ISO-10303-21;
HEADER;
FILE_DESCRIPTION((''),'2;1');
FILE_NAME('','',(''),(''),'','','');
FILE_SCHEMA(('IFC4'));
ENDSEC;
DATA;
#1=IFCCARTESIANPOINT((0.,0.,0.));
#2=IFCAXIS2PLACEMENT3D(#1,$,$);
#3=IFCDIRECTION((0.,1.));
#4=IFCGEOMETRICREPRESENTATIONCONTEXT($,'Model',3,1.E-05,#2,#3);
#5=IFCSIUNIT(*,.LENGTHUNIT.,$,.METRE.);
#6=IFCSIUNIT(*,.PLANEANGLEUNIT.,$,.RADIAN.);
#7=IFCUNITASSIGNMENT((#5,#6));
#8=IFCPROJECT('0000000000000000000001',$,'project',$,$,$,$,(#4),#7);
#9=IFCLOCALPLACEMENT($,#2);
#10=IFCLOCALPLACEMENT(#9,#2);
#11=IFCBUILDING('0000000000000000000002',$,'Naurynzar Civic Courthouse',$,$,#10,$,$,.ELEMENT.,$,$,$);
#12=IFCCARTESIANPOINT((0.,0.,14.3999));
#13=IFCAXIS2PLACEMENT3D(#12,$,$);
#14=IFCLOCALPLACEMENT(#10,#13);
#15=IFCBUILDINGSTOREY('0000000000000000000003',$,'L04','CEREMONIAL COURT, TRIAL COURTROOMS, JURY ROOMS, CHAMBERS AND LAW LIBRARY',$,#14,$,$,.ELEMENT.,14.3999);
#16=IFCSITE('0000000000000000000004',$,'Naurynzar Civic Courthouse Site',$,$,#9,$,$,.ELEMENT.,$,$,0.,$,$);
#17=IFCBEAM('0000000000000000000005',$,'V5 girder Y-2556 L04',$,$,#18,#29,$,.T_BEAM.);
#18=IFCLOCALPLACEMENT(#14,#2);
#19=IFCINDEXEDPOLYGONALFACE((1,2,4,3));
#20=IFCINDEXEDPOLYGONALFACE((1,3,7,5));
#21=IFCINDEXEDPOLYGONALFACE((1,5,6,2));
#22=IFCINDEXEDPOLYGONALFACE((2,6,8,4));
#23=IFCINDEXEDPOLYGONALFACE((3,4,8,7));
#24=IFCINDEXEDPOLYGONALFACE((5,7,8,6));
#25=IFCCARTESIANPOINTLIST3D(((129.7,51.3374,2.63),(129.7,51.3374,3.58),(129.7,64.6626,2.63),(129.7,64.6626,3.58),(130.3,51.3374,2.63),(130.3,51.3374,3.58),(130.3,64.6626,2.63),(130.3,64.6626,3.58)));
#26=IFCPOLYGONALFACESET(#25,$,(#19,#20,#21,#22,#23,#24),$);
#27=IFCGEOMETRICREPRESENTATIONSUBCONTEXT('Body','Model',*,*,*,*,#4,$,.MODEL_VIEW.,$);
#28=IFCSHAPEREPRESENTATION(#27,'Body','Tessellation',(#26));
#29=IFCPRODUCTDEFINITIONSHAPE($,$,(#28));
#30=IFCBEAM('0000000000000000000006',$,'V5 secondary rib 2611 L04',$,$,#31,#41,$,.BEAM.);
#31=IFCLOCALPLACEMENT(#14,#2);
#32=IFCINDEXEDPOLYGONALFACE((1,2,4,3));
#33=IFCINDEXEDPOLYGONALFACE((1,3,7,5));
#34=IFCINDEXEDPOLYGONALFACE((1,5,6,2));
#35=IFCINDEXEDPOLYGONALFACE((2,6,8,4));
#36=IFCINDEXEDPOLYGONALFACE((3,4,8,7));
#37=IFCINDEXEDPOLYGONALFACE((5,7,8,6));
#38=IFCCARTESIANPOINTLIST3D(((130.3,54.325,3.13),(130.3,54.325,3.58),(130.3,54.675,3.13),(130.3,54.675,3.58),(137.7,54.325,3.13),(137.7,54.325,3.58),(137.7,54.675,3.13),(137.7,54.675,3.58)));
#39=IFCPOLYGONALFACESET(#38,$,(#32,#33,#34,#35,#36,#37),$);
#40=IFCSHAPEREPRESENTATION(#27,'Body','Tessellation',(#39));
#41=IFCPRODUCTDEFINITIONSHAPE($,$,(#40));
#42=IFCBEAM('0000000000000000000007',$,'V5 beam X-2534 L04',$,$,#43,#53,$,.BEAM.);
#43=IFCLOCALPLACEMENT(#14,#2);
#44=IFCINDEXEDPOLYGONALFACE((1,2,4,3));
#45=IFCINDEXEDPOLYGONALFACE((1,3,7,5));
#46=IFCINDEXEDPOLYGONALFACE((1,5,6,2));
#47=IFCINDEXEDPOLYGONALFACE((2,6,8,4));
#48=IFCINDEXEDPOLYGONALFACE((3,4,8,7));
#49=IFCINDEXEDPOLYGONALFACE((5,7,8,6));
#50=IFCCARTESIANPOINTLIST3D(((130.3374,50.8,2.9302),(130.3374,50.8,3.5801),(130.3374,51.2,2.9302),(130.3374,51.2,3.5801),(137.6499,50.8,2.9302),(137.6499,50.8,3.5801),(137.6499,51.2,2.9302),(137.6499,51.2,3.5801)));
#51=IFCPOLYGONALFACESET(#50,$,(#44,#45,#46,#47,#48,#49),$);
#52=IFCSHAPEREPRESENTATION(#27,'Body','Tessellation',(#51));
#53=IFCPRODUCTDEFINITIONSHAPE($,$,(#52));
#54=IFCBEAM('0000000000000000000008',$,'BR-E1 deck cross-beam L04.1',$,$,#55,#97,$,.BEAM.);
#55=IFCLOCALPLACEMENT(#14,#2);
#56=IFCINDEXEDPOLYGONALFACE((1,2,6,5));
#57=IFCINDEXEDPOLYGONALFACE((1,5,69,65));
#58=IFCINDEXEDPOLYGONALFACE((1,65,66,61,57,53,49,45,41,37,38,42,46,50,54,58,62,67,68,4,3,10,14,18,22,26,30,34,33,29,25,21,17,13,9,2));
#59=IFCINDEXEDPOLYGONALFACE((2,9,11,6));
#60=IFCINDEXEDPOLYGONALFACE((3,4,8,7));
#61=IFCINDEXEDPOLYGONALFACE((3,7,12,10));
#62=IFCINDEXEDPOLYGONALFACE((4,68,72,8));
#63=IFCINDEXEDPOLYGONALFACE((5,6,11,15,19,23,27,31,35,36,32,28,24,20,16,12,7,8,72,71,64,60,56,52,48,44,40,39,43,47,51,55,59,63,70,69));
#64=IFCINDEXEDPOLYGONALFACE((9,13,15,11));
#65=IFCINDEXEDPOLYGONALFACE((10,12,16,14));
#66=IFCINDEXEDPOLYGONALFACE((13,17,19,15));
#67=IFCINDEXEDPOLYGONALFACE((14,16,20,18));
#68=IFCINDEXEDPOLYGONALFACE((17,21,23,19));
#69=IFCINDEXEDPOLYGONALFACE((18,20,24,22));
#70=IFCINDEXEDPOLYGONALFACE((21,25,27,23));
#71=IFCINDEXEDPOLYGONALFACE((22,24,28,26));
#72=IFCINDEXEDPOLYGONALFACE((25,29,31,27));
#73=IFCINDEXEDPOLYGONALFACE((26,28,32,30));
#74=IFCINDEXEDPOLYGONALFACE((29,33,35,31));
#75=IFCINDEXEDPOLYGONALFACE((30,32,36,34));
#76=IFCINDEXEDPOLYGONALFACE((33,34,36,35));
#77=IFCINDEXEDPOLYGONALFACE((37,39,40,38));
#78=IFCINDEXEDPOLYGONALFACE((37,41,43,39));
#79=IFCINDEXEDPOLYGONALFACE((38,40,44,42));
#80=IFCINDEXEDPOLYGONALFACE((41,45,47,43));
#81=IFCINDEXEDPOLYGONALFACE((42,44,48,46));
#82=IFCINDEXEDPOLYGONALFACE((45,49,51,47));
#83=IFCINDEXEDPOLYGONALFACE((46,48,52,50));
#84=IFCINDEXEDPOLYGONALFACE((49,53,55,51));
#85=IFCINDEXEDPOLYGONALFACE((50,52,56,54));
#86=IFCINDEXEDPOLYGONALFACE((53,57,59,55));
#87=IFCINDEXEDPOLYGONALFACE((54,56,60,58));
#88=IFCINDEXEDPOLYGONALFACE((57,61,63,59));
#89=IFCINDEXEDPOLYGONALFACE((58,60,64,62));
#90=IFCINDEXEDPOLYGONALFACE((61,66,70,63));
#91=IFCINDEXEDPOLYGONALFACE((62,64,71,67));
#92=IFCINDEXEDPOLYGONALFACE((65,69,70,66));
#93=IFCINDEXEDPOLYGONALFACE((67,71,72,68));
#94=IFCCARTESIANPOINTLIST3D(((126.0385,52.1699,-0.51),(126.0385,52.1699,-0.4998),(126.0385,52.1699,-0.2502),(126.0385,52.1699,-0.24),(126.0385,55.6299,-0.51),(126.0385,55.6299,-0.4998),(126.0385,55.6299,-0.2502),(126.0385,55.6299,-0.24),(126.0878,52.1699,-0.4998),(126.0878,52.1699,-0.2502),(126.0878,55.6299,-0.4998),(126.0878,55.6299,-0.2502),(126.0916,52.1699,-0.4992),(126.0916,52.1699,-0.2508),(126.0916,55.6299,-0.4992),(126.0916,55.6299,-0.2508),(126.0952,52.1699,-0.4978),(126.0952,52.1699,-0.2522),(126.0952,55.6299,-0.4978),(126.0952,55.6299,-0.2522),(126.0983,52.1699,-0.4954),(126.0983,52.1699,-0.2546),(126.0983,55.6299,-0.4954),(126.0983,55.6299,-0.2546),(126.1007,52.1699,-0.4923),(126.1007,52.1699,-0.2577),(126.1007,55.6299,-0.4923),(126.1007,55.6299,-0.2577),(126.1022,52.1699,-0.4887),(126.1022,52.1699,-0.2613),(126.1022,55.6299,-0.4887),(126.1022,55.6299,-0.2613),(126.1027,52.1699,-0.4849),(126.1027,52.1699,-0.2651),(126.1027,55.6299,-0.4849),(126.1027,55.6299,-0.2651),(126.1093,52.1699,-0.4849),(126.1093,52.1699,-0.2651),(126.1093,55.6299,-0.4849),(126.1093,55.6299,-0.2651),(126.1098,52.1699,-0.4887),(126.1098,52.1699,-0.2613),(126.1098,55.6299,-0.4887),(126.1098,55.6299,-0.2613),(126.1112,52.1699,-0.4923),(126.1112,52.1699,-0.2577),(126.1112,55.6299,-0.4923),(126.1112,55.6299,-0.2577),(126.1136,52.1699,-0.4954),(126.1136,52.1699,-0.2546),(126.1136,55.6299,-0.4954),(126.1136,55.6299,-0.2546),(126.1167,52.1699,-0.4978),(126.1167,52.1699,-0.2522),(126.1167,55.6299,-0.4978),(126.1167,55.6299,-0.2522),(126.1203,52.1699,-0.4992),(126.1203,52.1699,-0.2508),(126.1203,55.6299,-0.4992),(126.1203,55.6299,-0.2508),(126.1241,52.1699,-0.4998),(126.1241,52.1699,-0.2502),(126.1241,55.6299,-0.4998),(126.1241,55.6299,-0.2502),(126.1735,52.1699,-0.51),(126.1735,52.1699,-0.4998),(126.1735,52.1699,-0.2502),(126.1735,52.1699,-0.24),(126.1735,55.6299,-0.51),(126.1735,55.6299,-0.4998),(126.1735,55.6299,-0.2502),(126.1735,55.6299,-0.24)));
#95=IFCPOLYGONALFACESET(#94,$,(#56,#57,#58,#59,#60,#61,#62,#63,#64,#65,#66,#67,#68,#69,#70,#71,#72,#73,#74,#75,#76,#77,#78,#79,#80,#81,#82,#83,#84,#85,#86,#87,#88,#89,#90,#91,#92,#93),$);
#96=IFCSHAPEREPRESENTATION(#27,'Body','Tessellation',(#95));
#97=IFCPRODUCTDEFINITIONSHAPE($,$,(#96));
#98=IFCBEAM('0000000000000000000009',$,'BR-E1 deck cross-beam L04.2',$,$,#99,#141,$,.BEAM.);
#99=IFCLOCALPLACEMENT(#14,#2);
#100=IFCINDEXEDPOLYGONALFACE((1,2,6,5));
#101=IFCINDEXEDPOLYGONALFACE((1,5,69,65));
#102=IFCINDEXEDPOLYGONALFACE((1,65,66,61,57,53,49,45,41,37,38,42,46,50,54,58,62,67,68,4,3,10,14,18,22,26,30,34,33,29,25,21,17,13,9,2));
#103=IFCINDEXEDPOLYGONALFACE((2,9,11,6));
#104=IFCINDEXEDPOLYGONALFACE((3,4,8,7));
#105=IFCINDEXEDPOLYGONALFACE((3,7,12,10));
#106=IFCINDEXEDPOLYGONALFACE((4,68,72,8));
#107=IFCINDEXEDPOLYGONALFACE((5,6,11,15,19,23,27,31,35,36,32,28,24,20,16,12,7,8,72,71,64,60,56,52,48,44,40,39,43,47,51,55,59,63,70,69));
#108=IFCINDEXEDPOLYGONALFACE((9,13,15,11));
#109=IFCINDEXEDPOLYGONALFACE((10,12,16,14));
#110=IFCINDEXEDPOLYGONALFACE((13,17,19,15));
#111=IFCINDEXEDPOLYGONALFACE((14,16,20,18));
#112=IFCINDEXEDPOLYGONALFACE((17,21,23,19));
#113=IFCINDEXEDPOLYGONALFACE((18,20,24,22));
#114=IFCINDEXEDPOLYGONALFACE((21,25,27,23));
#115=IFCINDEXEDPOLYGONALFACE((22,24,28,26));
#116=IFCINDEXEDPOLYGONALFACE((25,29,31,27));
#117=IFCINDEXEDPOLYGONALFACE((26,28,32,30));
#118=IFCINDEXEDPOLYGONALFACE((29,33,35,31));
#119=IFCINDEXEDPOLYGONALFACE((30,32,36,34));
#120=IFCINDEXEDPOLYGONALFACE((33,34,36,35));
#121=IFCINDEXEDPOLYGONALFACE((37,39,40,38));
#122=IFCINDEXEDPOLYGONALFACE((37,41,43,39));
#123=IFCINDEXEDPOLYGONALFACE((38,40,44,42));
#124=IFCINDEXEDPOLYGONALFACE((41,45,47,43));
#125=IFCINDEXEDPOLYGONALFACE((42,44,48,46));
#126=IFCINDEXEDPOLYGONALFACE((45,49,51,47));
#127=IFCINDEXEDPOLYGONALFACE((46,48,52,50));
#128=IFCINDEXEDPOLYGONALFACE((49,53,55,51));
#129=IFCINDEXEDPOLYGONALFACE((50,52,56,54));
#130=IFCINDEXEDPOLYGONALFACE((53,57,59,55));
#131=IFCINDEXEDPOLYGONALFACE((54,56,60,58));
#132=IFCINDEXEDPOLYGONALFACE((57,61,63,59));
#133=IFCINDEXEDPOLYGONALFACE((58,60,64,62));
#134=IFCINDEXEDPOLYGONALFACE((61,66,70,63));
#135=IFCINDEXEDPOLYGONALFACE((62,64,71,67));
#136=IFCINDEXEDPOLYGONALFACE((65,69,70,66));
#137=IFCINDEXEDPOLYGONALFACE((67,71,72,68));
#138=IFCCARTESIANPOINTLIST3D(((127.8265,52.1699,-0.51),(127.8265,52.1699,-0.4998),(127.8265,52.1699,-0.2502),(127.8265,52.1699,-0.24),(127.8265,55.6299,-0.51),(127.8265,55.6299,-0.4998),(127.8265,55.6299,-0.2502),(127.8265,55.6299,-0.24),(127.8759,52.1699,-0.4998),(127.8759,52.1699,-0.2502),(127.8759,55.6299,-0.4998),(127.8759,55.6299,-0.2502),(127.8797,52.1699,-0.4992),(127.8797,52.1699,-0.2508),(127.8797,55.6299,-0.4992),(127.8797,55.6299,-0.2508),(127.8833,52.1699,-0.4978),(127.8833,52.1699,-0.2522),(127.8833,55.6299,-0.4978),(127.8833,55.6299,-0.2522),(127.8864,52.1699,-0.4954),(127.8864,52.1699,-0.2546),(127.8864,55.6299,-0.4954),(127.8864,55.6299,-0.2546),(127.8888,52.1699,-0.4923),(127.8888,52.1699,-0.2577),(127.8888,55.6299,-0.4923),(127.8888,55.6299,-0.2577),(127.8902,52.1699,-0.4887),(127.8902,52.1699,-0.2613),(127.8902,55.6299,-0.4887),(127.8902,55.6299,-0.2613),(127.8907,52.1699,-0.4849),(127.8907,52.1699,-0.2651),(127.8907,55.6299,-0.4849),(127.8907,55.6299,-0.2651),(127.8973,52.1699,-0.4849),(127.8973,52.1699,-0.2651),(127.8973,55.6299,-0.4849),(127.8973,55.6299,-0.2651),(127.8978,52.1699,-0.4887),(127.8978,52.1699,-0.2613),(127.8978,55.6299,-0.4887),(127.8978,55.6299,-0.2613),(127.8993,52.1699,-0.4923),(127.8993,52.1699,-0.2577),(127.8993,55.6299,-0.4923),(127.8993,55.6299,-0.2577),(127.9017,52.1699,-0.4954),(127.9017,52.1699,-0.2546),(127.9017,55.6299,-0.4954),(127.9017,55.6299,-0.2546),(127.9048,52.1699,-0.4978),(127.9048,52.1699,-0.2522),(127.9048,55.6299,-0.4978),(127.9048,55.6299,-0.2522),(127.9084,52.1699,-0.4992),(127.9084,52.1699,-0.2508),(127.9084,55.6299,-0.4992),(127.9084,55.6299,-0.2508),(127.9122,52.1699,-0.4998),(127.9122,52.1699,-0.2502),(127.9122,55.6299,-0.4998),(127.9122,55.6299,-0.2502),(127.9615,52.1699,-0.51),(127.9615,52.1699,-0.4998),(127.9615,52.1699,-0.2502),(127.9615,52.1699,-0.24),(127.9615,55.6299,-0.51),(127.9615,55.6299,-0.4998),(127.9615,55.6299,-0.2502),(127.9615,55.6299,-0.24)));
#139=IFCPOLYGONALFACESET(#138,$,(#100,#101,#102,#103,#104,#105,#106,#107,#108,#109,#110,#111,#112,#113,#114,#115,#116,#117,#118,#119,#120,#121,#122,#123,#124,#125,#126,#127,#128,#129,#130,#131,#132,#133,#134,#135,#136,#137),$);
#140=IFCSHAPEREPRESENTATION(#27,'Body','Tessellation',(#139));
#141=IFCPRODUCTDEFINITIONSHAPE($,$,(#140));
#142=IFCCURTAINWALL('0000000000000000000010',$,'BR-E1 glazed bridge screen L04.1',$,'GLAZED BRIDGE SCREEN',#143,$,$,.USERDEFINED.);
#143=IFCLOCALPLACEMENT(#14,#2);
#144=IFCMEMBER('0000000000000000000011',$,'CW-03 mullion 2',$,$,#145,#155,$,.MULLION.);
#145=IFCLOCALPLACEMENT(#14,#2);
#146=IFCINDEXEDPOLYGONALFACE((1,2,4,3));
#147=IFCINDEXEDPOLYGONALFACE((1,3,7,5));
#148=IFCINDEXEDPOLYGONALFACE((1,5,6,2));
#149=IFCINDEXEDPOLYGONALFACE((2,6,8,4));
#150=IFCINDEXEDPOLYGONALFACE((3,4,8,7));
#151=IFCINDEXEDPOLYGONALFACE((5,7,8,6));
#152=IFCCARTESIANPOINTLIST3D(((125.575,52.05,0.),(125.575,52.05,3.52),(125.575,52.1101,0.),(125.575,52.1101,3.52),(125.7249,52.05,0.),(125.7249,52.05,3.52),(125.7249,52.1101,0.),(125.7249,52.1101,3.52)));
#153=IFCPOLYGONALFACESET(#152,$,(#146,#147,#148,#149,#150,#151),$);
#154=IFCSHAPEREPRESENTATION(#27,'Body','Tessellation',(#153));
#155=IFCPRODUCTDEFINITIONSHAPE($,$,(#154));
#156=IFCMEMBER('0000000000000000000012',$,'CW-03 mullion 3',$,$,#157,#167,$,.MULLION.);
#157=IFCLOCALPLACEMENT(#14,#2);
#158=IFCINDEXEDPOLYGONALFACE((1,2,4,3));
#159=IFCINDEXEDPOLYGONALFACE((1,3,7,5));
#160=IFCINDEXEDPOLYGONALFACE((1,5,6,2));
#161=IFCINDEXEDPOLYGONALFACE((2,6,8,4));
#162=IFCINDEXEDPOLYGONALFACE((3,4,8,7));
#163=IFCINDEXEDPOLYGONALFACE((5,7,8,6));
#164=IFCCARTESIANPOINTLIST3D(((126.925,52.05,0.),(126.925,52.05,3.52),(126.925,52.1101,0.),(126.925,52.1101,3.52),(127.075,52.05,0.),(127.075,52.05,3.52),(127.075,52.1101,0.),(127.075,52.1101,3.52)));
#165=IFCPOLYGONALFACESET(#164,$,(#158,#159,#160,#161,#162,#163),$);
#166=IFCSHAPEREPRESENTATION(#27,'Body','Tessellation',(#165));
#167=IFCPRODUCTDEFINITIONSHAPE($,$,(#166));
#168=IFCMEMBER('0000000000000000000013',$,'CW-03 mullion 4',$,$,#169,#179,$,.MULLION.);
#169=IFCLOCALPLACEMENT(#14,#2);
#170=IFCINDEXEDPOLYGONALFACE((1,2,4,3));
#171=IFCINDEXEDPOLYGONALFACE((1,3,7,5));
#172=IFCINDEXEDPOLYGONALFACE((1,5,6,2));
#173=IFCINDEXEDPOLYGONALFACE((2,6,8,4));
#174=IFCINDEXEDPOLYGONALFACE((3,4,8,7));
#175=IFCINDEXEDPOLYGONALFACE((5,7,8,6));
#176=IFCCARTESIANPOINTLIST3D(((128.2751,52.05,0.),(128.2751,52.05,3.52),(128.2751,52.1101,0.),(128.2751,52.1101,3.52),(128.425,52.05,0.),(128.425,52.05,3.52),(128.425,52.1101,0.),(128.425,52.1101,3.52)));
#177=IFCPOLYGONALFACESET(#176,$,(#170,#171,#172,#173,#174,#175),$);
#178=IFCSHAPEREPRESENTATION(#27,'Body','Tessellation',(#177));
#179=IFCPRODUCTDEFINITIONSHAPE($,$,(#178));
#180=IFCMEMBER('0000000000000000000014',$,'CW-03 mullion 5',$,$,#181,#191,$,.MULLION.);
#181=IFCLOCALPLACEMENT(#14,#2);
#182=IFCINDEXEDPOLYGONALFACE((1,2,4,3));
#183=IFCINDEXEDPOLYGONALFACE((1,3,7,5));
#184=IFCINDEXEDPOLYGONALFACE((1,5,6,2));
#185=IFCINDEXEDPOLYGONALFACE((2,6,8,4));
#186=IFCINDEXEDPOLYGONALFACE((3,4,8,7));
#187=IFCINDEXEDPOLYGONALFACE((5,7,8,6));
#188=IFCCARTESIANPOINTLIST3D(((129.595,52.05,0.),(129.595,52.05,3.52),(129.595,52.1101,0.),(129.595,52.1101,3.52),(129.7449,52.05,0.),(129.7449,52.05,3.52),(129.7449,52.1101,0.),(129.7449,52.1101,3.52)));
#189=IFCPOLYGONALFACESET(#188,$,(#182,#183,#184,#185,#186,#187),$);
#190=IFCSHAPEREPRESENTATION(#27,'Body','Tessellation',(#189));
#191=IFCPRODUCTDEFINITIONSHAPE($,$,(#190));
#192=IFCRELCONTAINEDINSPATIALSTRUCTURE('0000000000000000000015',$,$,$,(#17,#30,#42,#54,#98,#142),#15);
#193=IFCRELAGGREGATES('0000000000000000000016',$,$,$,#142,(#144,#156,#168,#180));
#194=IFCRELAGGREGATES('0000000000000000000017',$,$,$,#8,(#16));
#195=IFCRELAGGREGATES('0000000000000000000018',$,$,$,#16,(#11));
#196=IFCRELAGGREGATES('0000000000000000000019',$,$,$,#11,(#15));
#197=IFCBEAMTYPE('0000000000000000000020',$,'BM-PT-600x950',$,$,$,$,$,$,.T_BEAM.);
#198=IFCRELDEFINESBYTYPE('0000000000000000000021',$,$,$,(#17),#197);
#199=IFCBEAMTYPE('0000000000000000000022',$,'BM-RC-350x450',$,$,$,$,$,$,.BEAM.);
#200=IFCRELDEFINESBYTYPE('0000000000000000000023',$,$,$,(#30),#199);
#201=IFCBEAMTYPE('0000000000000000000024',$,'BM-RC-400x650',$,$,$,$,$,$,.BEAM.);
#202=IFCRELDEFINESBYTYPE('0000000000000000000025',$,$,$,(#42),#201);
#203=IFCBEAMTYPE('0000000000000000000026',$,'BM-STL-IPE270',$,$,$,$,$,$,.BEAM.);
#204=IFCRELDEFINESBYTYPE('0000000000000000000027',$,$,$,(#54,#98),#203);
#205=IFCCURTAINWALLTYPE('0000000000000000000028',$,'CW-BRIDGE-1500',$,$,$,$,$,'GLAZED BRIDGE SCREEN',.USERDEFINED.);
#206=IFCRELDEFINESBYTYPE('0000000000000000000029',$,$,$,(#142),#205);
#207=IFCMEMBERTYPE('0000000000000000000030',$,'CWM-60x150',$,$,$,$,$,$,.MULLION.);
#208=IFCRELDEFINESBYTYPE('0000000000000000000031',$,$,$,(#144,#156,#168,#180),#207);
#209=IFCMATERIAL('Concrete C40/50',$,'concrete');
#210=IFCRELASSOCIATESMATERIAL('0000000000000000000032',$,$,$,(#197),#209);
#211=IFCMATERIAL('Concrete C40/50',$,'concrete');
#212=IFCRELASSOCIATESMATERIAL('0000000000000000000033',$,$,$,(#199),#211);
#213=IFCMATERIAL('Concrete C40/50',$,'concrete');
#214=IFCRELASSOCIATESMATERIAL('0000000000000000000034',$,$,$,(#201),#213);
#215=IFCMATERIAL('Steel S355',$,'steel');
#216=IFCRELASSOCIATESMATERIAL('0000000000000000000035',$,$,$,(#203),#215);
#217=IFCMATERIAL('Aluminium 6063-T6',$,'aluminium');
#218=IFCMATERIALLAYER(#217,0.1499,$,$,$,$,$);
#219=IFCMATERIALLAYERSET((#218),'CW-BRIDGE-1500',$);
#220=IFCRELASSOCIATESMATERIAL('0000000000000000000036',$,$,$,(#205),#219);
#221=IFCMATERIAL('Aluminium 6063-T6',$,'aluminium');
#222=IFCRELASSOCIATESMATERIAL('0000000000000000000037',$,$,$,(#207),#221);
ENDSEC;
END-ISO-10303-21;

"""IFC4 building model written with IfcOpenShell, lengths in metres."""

from ifc_helpers import new_model, si_unit, direction, frame, origin, origin_2d, place, context, subcontext, project, spatial, rectangle, i_section, extrude, material, layer, layer_set, material_profile, profile_set, type_object, element, aggregate, save


model = new_model("IFC4")

# Units and contexts
model_context = context("Model", 3, precision=1e-05, world=origin(), true_north=direction((0.0, 1.0)))
body_context = subcontext(model_context, "Body", "Model", "MODEL_VIEW")
ifc_project = project(units=[si_unit("LENGTHUNIT", "METRE"), si_unit("PLANEANGLEUNIT", "RADIAN")], contexts=[model_context])

# Site, building, storey
site_placement = place(None, origin())
site = spatial("IfcSite", under=ifc_project, at=site_placement, Name="Naurynzar Civic Courthouse Site", CompositionType="ELEMENT", RefElevation=0.0)
building_placement = place(site_placement, origin())
building = spatial("IfcBuilding", under=site, at=building_placement, Name="Naurynzar Civic Courthouse", CompositionType="ELEMENT")
storey_placement = place(building_placement, frame((0.0, 0.0, 14.3999)))
storey = spatial("IfcBuildingStorey", under=building, at=storey_placement, Name="L04", Description="CEREMONIAL COURT, TRIAL COURTROOMS, JURY ROOMS, CHAMBERS AND LAW LIBRARY", CompositionType="ELEMENT", Elevation=14.3999)

# Beams
ifc_material_1 = material(Name="Concrete C40/50", Category="concrete")
ifc_material_profile_1 = material_profile(ifc_material_1, rectangle(XDim=0.6001, YDim=0.95, at=origin_2d()), Name="PTB 600x950")
ifc_profile_set_1 = profile_set([ifc_material_profile_1], Name="Concrete C40/50")
beam_type_1 = type_object("IfcBeamType", Name="BM-PT-600x950", PredefinedType="T_BEAM", material=ifc_profile_set_1)
beam_1_placement = place(storey_placement, frame((130.0, 51.3374, 3.105), z_axis=(0.0, 1.0, 0.0), x_axis=(-1.0, 0.0, 0.0)))
element("IfcBeam", 1, at=beam_1_placement, inside=storey, type_object=beam_type_1, Name="V5 girder Y-2556 L04", PredefinedType="T_BEAM", context=body_context, shape_type="SweptSolid", body=[
    extrude(rectangle(XDim=0.6001, YDim=0.95, at=origin_2d()), origin(), (0.0, 0.0, 1.0), 13.3252),
])
ifc_material_2 = material(Name="Concrete C40/50", Category="concrete")
ifc_material_profile_2 = material_profile(ifc_material_2, rectangle(XDim=0.3501, YDim=0.45, at=origin_2d()), Name="RCB 350x450")
ifc_profile_set_2 = profile_set([ifc_material_profile_2], Name="Concrete C40/50")
beam_type_2 = type_object("IfcBeamType", Name="BM-RC-350x450", PredefinedType="BEAM", material=ifc_profile_set_2)
beam_2_placement = place(storey_placement, frame((130.3, 54.5, 3.355), z_axis=(1.0, 0.0, 0.0), x_axis=(0.0, 1.0, 0.0)))
element("IfcBeam", 2, at=beam_2_placement, inside=storey, type_object=beam_type_2, Name="V5 secondary rib 2611 L04", PredefinedType="BEAM", context=body_context, shape_type="SweptSolid", body=[
    extrude(rectangle(XDim=0.3501, YDim=0.45, at=origin_2d()), origin(), (0.0, 0.0, 1.0), 7.3999),
])
ifc_material_3 = material(Name="Concrete C40/50", Category="concrete")
ifc_material_profile_3 = material_profile(ifc_material_3, rectangle(XDim=0.3999, YDim=0.6499, at=origin_2d()), Name="RCB 400x650")
ifc_profile_set_3 = profile_set([ifc_material_profile_3], Name="Concrete C40/50")
beam_type_3 = type_object("IfcBeamType", Name="BM-RC-400x650", PredefinedType="BEAM", material=ifc_profile_set_3)
beam_3_placement = place(storey_placement, frame((130.3374, 51.0, 3.2551), z_axis=(1.0, 0.0, 0.0), x_axis=(0.0, 1.0, 0.0)))
element("IfcBeam", 3, at=beam_3_placement, inside=storey, type_object=beam_type_3, Name="V5 beam X-2534 L04", PredefinedType="BEAM", context=body_context, shape_type="SweptSolid", body=[
    extrude(rectangle(XDim=0.3999, YDim=0.6499, at=origin_2d()), origin(), (0.0, 0.0, 1.0), 7.3125),
])
ifc_material_4 = material(Name="Steel S355", Category="steel")
ifc_material_profile_4 = material_profile(ifc_material_4, i_section(OverallWidth=0.135, OverallDepth=0.27, WebThickness=0.0066, FlangeThickness=0.0103, FilletRadius=0.0149, at=origin_2d()), Name="IPE 270")
ifc_profile_set_4 = profile_set([ifc_material_profile_4], Name="Steel S355")
beam_type_4 = type_object("IfcBeamType", Name="BM-STL-IPE270", PredefinedType="BEAM", material=ifc_profile_set_4)
for number, where, z_axis, x_axis, name in (
    (4, (126.106, 52.1699, -0.375), (0.0, 1.0, 0.0), (-1.0, 0.0, 0.0), "BR-E1 deck cross-beam L04.1"),
    (5, (127.894, 52.1699, -0.375), (0.0, 1.0, 0.0), (-1.0, 0.0, 0.0), "BR-E1 deck cross-beam L04.2"),
):
    element("IfcBeam", number, at=place(storey_placement, frame(where, z_axis=z_axis, x_axis=x_axis)), inside=storey, type_object=beam_type_4, Name=name, PredefinedType="BEAM", context=body_context, shape_type="SweptSolid", body=[
        extrude(i_section(OverallWidth=0.135, OverallDepth=0.27, WebThickness=0.0066, FlangeThickness=0.0103, FilletRadius=0.0149, at=origin_2d()), origin(), (0.0, 0.0, 1.0), 3.46),
    ])

# Curtain wall, members
ifc_material_5 = material(Name="Aluminium 6063-T6", Category="aluminium")
ifc_layer_1 = layer(ifc_material_5, 0.1499)
ifc_layer_set_1 = layer_set([ifc_layer_1], Name="CW-BRIDGE-1500")
curtain_wall_type = type_object("IfcCurtainWallType", Name="CW-BRIDGE-1500", ElementType="GLAZED BRIDGE SCREEN", PredefinedType="USERDEFINED", material=ifc_layer_set_1)
curtain_wall_1_placement = place(storey_placement, origin())
curtain_wall_1 = element("IfcCurtainWall", 6, at=curtain_wall_1_placement, inside=storey, type_object=curtain_wall_type, Name="BR-E1 glazed bridge screen L04.1", ObjectType="GLAZED BRIDGE SCREEN", PredefinedType="USERDEFINED")
ifc_material_6 = material(Name="Aluminium 6063-T6", Category="aluminium")
ifc_material_profile_5 = material_profile(ifc_material_6, rectangle(XDim=0.0601, YDim=0.1499, at=origin_2d()), Name="ALU MULLION 60x150")
ifc_profile_set_5 = profile_set([ifc_material_profile_5], Name="Aluminium 6063-T6")
member_type_1 = type_object("IfcMemberType", Name="CWM-60x150", PredefinedType="MULLION", material=ifc_profile_set_5)
member_1_placement = place(storey_placement, frame((125.6499, 52.0801, 0.0), z_axis=(0.0, 0.0, 1.0), x_axis=(0.0, 1.0, 0.0)))
member_1 = element("IfcMember", 7, at=member_1_placement, type_object=member_type_1, Name="CW-03 mullion 2", PredefinedType="MULLION", context=body_context, shape_type="SweptSolid", body=[
    extrude(rectangle(XDim=0.0601, YDim=0.1499, at=origin_2d()), origin(), (0.0, 0.0, 1.0), 3.52),
])
member_2_placement = place(storey_placement, frame((127.0, 52.0801, 0.0), z_axis=(0.0, 0.0, 1.0), x_axis=(0.0, 1.0, 0.0)))
member_2 = element("IfcMember", 8, at=member_2_placement, type_object=member_type_1, Name="CW-03 mullion 3", PredefinedType="MULLION", context=body_context, shape_type="SweptSolid", body=[
    extrude(rectangle(XDim=0.0601, YDim=0.1499, at=origin_2d()), origin(), (0.0, 0.0, 1.0), 3.52),
])
member_3_placement = place(storey_placement, frame((128.3501, 52.0801, 0.0), z_axis=(0.0, 0.0, 1.0), x_axis=(0.0, 1.0, 0.0)))
member_3 = element("IfcMember", 9, at=member_3_placement, type_object=member_type_1, Name="CW-03 mullion 4", PredefinedType="MULLION", context=body_context, shape_type="SweptSolid", body=[
    extrude(rectangle(XDim=0.0601, YDim=0.1499, at=origin_2d()), origin(), (0.0, 0.0, 1.0), 3.52),
])
member_4_placement = place(storey_placement, frame((129.6699, 52.0801, 0.0), z_axis=(0.0, 0.0, 1.0), x_axis=(0.0, 1.0, 0.0)))
member_4 = element("IfcMember", 10, at=member_4_placement, type_object=member_type_1, Name="CW-03 mullion 5", PredefinedType="MULLION", context=body_context, shape_type="SweptSolid", body=[
    extrude(rectangle(XDim=0.0601, YDim=0.1499, at=origin_2d()), origin(), (0.0, 0.0, 1.0), 3.52),
])

aggregate(curtain_wall_1, [member_1, member_2, member_3, member_4])

save(model, "model.ifc")
